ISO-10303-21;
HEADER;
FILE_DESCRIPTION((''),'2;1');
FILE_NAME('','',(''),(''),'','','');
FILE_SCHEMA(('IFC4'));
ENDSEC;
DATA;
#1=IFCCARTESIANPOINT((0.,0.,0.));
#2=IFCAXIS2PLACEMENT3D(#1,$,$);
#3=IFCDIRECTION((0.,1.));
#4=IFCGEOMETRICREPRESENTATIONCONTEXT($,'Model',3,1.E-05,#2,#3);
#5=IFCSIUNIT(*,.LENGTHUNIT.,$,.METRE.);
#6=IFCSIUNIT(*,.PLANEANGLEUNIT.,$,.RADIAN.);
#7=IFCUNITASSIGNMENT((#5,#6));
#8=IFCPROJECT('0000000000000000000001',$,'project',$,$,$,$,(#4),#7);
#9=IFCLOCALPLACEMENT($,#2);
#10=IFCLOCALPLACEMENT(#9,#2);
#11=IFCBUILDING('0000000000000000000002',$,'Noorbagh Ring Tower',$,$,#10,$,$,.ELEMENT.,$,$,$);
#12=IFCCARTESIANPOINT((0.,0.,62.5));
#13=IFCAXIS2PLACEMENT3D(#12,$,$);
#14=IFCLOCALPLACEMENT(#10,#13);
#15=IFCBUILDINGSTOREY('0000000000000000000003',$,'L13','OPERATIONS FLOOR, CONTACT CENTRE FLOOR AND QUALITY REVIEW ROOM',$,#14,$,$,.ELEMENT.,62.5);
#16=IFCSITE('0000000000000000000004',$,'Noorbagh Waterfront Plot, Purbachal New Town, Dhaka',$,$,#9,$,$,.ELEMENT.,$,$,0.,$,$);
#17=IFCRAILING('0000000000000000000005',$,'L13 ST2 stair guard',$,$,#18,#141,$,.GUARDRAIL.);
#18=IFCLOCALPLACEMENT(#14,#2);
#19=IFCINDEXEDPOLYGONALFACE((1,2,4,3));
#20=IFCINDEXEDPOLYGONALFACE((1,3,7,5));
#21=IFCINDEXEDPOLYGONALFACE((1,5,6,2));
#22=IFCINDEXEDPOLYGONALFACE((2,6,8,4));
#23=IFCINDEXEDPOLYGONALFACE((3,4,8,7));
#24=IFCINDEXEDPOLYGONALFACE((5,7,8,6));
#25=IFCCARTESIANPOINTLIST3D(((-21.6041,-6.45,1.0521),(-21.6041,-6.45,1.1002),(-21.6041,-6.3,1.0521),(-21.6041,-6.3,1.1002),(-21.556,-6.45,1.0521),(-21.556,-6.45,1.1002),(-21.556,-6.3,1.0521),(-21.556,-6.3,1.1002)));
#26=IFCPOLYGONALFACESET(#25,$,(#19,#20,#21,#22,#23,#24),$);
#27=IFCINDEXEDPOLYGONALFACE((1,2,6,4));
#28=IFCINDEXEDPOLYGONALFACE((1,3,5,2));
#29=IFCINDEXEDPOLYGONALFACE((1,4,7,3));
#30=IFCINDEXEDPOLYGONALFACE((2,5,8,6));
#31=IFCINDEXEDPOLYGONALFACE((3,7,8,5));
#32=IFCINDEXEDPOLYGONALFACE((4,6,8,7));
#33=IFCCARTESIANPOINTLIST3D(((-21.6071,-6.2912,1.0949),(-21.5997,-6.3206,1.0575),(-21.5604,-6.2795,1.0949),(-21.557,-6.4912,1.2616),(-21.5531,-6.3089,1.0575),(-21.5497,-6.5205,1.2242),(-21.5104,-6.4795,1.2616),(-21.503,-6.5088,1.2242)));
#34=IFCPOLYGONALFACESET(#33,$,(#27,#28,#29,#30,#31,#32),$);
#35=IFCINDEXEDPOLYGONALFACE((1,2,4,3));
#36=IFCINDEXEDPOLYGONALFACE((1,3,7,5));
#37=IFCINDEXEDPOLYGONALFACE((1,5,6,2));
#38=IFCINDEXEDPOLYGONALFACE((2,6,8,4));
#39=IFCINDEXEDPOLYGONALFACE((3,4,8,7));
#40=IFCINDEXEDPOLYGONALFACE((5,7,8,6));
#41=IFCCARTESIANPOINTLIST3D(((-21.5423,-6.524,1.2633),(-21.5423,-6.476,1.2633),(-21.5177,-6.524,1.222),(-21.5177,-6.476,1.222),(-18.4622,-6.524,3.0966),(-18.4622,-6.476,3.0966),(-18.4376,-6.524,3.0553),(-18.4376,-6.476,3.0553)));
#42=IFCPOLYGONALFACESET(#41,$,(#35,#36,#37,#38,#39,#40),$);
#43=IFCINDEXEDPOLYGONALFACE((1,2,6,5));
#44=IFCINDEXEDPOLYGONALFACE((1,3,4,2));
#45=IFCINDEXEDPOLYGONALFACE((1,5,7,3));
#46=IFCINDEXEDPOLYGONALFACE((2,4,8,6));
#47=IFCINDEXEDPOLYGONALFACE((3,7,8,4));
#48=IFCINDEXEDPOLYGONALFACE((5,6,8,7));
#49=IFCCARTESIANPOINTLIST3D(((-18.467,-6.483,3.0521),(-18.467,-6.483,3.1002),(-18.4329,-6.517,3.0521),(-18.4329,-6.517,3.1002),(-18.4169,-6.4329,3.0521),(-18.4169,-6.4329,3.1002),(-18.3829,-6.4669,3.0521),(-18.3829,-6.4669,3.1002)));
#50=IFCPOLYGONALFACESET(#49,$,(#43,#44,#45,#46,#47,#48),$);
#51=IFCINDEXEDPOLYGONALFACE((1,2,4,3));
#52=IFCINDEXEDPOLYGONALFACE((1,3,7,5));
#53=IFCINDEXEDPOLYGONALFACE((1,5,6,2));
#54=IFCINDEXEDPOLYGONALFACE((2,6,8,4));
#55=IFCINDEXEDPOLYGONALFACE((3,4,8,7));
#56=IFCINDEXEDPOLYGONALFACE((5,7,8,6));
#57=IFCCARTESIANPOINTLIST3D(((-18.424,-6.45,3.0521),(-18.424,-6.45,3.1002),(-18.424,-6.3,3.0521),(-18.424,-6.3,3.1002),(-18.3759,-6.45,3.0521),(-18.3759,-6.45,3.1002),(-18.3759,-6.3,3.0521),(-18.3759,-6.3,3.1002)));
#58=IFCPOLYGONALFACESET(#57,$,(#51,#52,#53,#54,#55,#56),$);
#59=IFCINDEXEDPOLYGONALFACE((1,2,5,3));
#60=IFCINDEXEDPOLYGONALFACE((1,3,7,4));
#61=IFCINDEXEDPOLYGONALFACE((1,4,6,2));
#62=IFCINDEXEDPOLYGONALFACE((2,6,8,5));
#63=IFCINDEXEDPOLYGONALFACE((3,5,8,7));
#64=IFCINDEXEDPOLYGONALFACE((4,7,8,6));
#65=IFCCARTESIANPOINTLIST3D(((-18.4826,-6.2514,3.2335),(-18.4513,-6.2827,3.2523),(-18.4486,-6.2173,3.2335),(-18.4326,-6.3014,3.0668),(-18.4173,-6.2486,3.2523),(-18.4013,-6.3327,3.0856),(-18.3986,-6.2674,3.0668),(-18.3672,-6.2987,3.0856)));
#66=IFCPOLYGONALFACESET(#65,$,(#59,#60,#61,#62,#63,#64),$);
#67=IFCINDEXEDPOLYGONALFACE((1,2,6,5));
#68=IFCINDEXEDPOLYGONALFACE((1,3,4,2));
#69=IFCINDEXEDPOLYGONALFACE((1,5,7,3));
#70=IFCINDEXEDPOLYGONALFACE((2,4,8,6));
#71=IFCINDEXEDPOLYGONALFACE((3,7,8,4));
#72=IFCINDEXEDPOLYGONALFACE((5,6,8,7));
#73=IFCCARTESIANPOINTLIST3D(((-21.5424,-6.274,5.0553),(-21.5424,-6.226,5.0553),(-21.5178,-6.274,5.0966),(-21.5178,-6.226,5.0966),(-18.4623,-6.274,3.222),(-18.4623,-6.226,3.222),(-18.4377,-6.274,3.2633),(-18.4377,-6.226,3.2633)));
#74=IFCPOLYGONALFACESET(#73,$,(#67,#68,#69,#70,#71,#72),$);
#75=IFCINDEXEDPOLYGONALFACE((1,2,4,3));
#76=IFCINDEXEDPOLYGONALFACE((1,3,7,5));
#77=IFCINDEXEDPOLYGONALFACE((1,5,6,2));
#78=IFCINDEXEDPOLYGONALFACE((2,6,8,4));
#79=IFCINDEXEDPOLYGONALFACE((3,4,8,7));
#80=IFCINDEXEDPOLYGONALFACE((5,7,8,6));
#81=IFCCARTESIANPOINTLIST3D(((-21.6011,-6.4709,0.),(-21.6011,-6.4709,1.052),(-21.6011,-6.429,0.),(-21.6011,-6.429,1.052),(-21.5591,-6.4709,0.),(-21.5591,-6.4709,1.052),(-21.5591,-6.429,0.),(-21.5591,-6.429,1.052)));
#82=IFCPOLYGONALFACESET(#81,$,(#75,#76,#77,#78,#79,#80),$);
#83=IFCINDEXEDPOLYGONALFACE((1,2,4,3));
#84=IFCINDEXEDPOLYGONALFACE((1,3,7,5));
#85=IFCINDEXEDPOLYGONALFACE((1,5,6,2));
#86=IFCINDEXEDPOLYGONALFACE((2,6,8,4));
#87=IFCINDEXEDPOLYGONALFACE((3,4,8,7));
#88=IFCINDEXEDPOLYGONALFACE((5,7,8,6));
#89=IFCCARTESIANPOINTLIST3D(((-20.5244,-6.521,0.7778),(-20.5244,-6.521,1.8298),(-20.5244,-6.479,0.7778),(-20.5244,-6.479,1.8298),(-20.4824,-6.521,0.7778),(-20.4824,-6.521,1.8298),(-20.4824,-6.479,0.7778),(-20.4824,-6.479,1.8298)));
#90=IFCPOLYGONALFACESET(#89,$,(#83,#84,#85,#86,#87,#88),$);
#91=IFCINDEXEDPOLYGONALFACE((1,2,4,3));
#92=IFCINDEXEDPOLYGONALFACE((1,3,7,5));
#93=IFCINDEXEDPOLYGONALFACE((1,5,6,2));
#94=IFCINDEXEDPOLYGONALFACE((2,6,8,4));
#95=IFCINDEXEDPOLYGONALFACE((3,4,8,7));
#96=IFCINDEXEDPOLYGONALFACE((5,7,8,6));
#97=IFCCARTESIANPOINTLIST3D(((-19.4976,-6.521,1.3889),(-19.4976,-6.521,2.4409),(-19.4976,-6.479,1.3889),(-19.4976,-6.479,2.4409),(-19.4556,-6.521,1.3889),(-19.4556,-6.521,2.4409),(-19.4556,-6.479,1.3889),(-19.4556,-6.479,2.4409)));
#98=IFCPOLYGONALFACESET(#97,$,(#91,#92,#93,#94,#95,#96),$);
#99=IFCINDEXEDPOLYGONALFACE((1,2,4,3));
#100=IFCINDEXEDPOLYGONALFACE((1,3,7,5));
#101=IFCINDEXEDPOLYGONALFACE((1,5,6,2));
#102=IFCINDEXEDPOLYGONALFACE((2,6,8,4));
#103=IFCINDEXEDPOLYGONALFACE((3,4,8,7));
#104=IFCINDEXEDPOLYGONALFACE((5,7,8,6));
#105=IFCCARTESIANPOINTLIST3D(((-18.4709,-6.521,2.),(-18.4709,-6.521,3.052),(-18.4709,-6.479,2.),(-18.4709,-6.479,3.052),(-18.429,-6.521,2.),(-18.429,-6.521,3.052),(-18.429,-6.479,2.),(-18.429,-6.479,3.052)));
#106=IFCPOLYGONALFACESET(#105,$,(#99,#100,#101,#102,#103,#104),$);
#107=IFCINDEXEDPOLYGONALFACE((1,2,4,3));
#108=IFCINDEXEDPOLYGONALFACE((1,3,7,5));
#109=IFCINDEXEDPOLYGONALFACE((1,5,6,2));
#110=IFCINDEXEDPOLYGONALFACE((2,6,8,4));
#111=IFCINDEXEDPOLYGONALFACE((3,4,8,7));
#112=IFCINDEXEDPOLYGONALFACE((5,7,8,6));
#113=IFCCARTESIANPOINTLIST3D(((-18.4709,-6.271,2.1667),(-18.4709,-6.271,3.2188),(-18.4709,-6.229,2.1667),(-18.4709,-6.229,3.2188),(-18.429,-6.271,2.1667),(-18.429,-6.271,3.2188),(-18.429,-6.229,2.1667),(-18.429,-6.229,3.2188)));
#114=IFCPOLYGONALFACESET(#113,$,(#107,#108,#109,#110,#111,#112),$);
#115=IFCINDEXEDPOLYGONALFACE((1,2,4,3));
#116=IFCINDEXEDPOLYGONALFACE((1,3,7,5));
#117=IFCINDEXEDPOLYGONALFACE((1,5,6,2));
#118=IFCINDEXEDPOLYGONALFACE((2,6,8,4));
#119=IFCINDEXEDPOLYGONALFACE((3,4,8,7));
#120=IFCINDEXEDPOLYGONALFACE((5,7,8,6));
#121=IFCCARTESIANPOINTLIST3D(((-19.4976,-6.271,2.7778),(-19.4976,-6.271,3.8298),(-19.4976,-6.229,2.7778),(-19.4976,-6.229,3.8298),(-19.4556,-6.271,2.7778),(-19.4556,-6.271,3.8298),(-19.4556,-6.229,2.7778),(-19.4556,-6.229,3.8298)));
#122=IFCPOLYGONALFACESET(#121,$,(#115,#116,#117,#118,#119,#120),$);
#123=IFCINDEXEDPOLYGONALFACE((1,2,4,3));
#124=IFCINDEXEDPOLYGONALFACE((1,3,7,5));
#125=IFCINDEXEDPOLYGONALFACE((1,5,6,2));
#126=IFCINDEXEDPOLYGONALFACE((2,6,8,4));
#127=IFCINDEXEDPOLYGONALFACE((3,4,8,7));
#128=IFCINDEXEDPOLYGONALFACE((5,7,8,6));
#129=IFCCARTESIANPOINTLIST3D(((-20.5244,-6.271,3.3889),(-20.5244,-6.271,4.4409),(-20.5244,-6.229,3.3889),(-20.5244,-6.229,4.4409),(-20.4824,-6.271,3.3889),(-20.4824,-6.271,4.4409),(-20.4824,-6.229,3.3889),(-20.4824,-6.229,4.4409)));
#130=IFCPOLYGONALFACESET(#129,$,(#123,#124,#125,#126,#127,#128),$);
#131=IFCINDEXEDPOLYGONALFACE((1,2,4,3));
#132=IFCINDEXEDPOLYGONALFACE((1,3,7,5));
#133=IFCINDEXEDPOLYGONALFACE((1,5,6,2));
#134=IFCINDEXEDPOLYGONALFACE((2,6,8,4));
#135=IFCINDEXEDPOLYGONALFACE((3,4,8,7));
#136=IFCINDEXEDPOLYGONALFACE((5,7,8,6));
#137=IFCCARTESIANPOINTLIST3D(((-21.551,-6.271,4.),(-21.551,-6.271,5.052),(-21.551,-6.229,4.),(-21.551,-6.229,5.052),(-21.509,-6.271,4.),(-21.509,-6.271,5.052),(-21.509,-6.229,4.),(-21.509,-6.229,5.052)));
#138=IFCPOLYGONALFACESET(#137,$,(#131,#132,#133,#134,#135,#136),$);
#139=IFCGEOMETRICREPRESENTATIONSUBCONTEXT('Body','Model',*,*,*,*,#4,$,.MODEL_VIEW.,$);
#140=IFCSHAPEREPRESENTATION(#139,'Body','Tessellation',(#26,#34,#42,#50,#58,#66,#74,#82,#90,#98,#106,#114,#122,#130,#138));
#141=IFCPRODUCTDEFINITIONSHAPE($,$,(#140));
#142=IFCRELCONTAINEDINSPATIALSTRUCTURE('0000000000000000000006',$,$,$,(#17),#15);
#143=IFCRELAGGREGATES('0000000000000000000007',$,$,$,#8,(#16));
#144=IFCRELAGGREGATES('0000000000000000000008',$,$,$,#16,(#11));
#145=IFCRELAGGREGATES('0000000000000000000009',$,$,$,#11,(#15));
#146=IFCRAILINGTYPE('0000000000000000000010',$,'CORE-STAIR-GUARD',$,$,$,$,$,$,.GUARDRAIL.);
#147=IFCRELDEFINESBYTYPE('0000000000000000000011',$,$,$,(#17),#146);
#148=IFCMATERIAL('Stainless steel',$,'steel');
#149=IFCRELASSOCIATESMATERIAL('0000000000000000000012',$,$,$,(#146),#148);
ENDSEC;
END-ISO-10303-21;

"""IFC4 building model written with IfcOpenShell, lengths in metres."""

from ifc_helpers import new_model, si_unit, direction, frame, origin, origin_2d, place, context, subcontext, project, spatial, rectangle, extrude, material, type_object, element, save


model = new_model("IFC4")

# Units and contexts
model_context = context("Model", 3, precision=1e-05, world=origin(), true_north=direction((0.0, 1.0)))
body_context = subcontext(model_context, "Body", "Model", "MODEL_VIEW")
ifc_project = project(units=[si_unit("LENGTHUNIT", "METRE"), si_unit("PLANEANGLEUNIT", "RADIAN")], contexts=[model_context])

# Site, building, storey
site_placement = place(None, origin())
site = spatial("IfcSite", under=ifc_project, at=site_placement, Name="Noorbagh Waterfront Plot, Purbachal New Town, Dhaka", CompositionType="ELEMENT", RefElevation=0.0)
building_placement = place(site_placement, origin())
building = spatial("IfcBuilding", under=site, at=building_placement, Name="Noorbagh Ring Tower", CompositionType="ELEMENT")
storey_placement = place(building_placement, frame((0.0, 0.0, 62.5)))
storey = spatial("IfcBuildingStorey", under=building, at=storey_placement, Name="L13", Description="OPERATIONS FLOOR, CONTACT CENTRE FLOOR AND QUALITY REVIEW ROOM", CompositionType="ELEMENT", Elevation=62.5)

# Railing
ifc_material_1 = material(Name="Stainless steel", Category="steel")
railing_type_1 = type_object("IfcRailingType", Name="CORE-STAIR-GUARD", PredefinedType="GUARDRAIL", material=ifc_material_1)
railing_1_placement = place(storey_placement, frame((-21.5801, -6.45, 0.0)))
element("IfcRailing", 1, at=railing_1_placement, inside=storey, type_object=railing_type_1, Name="L13 ST2 stair guard", PredefinedType="GUARDRAIL", context=body_context, shape_type="SweptSolid", body=[
    extrude(rectangle(XDim=0.0481, YDim=0.0481, at=origin_2d()), frame((0.0, 0.0, 1.0762), z_axis=(0.0, 1.0, 0.0), x_axis=(-1.0, 0.0, 0.0)), (0.0, 0.0, 1.0), 0.1499),
    extrude(rectangle(XDim=0.0481, YDim=0.0481, at=origin_2d()), frame((0.0, 0.1499, 1.0762), z_axis=(0.188776, -0.754182, 0.628946), x_axis=(0.970073, 0.242814, 0.0)), (0.0, 0.0, 1.0), 0.2651),
    extrude(rectangle(XDim=0.0481, YDim=0.0481, at=origin_2d()), frame((0.05, -0.05, 1.2427), z_axis=(0.859309, 0.0, 0.511458), x_axis=(0.0, 1.0, 0.0)), (0.0, 0.0, 1.0), 3.5845),
    extrude(rectangle(XDim=0.0481, YDim=0.0481, at=origin_2d()), frame((3.1301, -0.05, 3.0762), z_axis=(0.707107, 0.707107, 0.0), x_axis=(-0.707107, 0.707107, 0.0)), (0.0, 0.0, 1.0), 0.0708),
    extrude(rectangle(XDim=0.0481, YDim=0.0481, at=origin_2d()), frame((3.1802, 0.0, 3.0762), z_axis=(0.0, 1.0, 0.0), x_axis=(-1.0, 0.0, 0.0)), (0.0, 0.0, 1.0), 0.1499),
    extrude(rectangle(XDim=0.0481, YDim=0.0481, at=origin_2d()), frame((3.1802, 0.1499, 3.0762), z_axis=(-0.276287, 0.276287, 0.920506), x_axis=(-0.707107, -0.707107, 0.0)), (0.0, 0.0, 1.0), 0.1812),
    extrude(rectangle(XDim=0.0481, YDim=0.0481, at=origin_2d()), frame((3.1301, 0.2, 3.2427), z_axis=(-0.859309, 0.0, 0.511458), x_axis=(0.0, -1.0, 0.0)), (0.0, 0.0, 1.0), 3.5845),
    extrude(rectangle(XDim=0.042, YDim=0.042, at=origin_2d()), origin(), (0.0, 0.0, 1.0), 1.052),
    extrude(rectangle(XDim=0.042, YDim=0.042, at=origin_2d()), frame((1.0767, -0.05, 0.7778)), (0.0, 0.0, 1.0), 1.052),
    extrude(rectangle(XDim=0.042, YDim=0.042, at=origin_2d()), frame((2.1035, -0.05, 1.3889)), (0.0, 0.0, 1.0), 1.052),
    extrude(rectangle(XDim=0.042, YDim=0.042, at=origin_2d()), frame((3.1301, -0.05, 2.0)), (0.0, 0.0, 1.0), 1.052),
    extrude(rectangle(XDim=0.042, YDim=0.042, at=origin_2d()), frame((3.1301, 0.2, 2.1667)), (0.0, 0.0, 1.0), 1.052),
    extrude(rectangle(XDim=0.042, YDim=0.042, at=origin_2d()), frame((2.1035, 0.2, 2.7778)), (0.0, 0.0, 1.0), 1.052),
    extrude(rectangle(XDim=0.042, YDim=0.042, at=origin_2d()), frame((1.0767, 0.2, 3.3889)), (0.0, 0.0, 1.0), 1.052),
    extrude(rectangle(XDim=0.042, YDim=0.042, at=origin_2d()), frame((0.05, 0.2, 4.0)), (0.0, 0.0, 1.0), 1.052),
])

save(model, "model.ifc")
